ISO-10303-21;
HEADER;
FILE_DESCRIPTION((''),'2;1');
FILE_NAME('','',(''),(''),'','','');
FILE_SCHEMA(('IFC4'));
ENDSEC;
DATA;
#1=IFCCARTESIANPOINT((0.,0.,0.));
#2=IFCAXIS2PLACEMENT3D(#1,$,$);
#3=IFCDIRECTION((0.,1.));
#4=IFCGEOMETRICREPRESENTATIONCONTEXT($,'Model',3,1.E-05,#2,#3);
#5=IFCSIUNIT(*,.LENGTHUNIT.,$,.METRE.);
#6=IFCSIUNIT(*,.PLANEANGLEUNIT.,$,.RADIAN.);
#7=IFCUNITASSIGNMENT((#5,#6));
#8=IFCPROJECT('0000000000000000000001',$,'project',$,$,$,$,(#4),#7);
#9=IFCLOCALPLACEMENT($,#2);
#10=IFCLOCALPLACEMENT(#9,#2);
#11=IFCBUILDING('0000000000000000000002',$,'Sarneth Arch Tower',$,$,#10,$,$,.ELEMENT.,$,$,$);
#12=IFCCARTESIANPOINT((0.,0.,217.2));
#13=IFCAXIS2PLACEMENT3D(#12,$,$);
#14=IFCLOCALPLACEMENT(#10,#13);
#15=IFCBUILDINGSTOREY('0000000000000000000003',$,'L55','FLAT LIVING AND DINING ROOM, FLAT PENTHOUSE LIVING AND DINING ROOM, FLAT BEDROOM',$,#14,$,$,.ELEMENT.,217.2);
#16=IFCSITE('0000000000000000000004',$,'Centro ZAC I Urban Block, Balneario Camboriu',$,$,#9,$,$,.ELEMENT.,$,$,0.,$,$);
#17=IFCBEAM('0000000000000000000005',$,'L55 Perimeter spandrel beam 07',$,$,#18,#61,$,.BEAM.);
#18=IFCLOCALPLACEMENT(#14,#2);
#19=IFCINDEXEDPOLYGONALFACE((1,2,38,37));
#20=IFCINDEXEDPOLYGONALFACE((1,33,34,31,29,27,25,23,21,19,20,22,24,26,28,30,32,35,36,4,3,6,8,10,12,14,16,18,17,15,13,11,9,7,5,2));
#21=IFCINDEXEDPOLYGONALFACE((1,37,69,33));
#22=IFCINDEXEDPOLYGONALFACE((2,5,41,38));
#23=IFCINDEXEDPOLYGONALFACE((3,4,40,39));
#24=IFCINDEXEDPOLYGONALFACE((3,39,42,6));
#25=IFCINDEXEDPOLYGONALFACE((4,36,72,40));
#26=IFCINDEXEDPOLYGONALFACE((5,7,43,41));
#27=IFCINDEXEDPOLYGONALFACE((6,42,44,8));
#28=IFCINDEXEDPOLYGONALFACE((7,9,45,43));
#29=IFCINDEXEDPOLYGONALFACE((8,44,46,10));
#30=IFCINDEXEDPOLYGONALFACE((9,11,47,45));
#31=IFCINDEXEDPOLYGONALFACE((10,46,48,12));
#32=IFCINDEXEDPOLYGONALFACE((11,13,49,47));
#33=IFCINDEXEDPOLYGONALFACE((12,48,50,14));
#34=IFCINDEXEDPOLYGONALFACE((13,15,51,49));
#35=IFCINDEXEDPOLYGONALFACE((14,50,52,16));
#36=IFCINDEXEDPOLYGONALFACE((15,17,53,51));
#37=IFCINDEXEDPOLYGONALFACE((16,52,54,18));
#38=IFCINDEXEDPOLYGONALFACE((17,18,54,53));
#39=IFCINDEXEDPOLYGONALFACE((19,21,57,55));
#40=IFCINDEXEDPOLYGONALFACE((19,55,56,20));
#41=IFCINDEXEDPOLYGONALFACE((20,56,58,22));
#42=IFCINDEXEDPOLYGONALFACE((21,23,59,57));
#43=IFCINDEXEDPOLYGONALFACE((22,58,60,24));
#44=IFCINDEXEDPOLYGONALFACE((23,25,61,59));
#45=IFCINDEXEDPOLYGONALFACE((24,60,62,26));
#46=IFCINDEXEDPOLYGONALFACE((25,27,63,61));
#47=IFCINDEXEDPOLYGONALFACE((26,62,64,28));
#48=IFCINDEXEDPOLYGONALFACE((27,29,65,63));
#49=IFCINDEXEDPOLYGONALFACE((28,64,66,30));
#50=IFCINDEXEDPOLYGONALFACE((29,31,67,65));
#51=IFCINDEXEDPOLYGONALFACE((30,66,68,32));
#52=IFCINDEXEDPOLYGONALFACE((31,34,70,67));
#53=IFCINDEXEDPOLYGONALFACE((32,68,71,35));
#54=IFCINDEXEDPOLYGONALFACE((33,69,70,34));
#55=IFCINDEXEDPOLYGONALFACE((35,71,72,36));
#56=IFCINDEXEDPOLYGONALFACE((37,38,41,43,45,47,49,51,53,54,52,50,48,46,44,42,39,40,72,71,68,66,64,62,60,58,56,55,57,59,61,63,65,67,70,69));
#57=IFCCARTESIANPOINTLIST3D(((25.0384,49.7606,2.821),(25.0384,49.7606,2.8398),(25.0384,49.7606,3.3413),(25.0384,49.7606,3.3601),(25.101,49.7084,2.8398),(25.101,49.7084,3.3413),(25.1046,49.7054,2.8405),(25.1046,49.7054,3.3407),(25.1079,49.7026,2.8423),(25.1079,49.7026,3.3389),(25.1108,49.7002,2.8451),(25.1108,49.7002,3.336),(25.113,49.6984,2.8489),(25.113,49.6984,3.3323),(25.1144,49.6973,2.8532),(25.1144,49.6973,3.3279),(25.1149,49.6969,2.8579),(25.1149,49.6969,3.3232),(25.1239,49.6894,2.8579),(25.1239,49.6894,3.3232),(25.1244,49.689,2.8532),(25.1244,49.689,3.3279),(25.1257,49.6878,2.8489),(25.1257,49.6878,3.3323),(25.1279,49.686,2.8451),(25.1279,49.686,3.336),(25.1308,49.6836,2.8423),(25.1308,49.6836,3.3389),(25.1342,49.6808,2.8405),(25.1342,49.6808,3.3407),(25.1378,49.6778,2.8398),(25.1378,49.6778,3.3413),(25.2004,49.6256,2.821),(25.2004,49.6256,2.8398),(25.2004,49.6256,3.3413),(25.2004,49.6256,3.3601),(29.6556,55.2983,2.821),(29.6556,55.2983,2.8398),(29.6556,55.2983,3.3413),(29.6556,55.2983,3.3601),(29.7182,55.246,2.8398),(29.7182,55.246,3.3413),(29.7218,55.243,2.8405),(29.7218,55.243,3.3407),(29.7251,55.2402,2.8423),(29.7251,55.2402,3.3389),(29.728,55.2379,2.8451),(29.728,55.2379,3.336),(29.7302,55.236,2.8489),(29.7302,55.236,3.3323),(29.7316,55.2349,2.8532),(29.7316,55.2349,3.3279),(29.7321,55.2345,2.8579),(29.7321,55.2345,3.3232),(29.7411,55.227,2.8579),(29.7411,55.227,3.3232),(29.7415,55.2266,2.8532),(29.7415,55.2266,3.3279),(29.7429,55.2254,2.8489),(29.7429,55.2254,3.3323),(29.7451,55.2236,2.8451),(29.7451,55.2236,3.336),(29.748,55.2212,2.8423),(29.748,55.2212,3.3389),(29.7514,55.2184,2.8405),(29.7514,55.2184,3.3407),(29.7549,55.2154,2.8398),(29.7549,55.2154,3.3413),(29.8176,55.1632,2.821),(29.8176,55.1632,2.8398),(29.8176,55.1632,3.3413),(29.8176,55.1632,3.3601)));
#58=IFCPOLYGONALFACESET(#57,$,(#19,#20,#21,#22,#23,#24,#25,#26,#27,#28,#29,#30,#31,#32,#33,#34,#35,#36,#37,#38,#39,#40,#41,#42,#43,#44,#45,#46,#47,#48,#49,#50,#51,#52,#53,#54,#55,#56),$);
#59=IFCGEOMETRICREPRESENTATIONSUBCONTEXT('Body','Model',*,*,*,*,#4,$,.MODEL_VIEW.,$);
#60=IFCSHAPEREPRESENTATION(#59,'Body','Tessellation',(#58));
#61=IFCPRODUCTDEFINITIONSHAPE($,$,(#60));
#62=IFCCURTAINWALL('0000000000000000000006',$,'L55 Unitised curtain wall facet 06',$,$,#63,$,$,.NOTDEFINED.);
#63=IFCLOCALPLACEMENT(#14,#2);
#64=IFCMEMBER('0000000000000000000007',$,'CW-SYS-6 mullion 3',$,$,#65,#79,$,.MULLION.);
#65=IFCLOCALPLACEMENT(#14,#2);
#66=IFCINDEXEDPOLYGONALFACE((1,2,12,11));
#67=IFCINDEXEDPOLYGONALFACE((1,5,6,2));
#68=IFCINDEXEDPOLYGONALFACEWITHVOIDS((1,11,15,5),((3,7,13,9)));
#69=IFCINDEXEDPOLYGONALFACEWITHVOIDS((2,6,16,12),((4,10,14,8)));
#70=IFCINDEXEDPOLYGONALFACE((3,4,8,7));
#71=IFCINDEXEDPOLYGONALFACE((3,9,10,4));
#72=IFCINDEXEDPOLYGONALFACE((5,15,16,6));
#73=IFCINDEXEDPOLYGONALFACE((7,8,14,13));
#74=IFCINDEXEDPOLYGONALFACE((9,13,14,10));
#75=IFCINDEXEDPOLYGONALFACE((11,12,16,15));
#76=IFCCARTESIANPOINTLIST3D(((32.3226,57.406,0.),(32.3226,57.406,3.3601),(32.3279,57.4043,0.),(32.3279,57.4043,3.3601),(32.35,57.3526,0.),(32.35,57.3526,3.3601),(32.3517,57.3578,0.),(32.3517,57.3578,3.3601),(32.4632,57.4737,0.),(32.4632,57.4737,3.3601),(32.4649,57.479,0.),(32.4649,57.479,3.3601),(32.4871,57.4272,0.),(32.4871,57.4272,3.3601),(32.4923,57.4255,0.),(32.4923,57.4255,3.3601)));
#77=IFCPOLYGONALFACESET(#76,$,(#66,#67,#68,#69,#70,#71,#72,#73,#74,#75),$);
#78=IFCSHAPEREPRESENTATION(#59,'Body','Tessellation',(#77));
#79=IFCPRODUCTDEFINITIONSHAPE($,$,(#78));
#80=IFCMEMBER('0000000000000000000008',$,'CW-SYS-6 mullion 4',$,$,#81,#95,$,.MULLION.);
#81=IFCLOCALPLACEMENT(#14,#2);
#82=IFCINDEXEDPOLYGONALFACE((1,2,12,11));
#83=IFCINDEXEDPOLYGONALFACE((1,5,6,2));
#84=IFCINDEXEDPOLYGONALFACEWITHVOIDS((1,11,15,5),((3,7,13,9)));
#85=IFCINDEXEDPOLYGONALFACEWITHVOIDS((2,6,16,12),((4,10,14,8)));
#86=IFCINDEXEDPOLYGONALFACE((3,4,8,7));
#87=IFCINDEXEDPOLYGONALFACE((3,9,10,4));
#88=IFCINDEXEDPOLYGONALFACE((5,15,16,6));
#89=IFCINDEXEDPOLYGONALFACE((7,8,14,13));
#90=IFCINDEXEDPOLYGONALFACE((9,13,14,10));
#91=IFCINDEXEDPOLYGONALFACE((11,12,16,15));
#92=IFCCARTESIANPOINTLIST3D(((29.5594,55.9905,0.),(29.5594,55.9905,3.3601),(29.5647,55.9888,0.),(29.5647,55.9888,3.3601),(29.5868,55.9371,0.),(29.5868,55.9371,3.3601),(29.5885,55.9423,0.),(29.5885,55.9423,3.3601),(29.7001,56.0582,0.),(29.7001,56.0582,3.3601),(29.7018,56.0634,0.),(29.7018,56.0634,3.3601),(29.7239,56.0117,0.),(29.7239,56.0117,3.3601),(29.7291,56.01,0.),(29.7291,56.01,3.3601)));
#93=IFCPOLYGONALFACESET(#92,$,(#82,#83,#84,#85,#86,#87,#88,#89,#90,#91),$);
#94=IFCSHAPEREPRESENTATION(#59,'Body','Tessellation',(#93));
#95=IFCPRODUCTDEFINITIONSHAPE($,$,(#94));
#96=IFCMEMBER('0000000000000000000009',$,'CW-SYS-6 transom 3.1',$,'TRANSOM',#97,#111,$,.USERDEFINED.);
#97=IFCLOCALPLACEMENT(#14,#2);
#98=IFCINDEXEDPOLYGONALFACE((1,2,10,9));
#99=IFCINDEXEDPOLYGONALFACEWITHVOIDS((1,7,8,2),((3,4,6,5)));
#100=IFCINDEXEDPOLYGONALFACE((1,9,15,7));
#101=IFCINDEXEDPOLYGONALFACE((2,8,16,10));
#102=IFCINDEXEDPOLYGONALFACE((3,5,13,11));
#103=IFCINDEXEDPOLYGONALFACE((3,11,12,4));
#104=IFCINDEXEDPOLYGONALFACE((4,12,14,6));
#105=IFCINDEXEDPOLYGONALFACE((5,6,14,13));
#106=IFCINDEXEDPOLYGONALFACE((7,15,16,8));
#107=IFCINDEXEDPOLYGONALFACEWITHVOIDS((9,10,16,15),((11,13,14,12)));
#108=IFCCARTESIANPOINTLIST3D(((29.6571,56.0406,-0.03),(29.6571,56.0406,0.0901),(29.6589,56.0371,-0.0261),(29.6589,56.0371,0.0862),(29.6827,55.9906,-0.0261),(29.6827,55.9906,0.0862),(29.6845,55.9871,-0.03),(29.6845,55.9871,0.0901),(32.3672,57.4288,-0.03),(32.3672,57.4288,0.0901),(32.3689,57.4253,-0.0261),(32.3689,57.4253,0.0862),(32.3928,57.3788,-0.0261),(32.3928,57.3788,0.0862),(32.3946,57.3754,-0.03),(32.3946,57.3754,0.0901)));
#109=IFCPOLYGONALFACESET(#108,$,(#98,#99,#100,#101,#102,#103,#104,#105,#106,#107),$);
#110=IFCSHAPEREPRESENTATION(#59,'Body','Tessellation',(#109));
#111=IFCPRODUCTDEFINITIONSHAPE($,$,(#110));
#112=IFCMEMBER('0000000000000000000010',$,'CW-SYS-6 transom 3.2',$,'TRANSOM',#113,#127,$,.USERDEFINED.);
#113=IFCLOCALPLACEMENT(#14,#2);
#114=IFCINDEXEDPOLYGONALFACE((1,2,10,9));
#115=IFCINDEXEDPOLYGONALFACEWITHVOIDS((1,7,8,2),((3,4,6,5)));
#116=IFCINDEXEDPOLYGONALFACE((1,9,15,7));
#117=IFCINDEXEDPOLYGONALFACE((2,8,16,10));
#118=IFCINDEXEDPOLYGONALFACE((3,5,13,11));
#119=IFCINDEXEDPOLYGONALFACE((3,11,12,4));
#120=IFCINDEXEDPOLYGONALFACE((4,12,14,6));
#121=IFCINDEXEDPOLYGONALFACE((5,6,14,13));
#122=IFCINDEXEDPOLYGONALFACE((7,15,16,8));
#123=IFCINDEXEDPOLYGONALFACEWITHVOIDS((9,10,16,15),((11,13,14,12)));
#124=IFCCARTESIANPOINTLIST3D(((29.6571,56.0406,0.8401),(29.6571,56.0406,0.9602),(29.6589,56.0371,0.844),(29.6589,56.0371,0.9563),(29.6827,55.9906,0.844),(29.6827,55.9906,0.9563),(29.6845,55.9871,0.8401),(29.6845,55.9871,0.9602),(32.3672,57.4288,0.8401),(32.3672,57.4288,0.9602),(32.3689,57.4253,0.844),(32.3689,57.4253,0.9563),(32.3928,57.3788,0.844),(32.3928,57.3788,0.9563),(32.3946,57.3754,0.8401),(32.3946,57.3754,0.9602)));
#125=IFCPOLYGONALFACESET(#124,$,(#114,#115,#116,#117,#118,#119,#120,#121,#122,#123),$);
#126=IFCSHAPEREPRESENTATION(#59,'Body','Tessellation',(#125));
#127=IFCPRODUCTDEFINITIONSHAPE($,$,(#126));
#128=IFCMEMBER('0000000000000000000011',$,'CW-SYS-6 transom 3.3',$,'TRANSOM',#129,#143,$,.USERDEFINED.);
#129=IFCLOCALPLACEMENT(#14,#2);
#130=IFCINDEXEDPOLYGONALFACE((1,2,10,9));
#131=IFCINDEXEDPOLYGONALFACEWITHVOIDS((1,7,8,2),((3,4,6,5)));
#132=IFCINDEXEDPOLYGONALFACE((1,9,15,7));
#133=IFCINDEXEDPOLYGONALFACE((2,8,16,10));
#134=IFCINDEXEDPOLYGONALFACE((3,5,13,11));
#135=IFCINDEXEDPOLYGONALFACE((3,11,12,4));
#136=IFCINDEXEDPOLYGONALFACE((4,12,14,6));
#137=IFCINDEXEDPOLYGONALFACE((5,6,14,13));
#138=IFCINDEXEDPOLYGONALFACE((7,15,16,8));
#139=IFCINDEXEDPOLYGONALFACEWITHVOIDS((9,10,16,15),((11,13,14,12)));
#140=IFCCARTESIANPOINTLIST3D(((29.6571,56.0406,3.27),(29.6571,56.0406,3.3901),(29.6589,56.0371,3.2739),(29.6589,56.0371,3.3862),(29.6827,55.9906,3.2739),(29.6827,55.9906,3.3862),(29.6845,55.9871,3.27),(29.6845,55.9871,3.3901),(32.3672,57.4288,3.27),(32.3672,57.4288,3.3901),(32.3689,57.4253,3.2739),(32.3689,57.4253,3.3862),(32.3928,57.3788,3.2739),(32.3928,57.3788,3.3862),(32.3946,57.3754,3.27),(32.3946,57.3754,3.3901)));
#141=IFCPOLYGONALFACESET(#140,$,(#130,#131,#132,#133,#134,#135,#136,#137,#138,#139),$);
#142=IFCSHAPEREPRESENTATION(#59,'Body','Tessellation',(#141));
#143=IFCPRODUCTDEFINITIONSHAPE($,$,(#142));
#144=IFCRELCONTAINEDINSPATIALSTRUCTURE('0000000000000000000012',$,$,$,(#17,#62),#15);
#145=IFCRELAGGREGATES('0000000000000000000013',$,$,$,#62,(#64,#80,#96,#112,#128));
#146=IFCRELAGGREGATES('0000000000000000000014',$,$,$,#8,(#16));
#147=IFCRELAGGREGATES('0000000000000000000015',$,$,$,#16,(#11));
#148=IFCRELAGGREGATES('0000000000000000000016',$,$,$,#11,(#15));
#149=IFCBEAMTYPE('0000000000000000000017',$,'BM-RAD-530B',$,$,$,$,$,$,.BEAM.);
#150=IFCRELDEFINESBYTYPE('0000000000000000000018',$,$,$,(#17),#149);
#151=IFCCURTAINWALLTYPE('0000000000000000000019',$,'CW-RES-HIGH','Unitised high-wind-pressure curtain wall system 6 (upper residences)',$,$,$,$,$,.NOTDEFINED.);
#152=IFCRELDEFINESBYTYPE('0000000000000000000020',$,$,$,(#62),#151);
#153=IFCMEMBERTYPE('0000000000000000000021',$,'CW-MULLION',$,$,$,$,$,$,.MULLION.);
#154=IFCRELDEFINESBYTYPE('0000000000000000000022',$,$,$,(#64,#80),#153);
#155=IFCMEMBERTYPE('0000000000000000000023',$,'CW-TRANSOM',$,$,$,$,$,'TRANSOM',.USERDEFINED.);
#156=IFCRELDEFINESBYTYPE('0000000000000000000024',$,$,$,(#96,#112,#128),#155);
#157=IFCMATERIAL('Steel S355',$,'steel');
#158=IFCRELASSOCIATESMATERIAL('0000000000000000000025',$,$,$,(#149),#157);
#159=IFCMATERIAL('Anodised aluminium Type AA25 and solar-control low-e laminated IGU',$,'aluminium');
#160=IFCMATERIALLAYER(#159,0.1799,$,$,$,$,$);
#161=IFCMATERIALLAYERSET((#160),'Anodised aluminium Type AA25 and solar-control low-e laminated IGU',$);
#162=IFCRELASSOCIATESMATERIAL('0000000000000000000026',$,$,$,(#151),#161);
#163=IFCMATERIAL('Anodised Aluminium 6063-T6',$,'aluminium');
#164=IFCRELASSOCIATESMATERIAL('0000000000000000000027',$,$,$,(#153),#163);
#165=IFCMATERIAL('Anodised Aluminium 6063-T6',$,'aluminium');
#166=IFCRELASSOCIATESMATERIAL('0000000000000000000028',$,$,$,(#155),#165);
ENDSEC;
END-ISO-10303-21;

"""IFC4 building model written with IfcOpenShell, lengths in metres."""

from ifc_helpers import new_model, si_unit, direction, frame, origin, origin_2d, place, context, subcontext, project, spatial, hollow_rectangle, i_section, extrude, material, layer, layer_set, material_profile, profile_set, type_object, element, aggregate, save


model = new_model("IFC4")

# Units and contexts
model_context = context("Model", 3, precision=1e-05, world=origin(), true_north=direction((0.0, 1.0)))
body_context = subcontext(model_context, "Body", "Model", "MODEL_VIEW")
ifc_project = project(units=[si_unit("LENGTHUNIT", "METRE"), si_unit("PLANEANGLEUNIT", "RADIAN")], contexts=[model_context])

# Site, building, storey
site_placement = place(None, origin())
site = spatial("IfcSite", under=ifc_project, at=site_placement, Name="Centro ZAC I Urban Block, Balneario Camboriu", CompositionType="ELEMENT", RefElevation=0.0)
building_placement = place(site_placement, origin())
building = spatial("IfcBuilding", under=site, at=building_placement, Name="Sarneth Arch Tower", CompositionType="ELEMENT")
storey_placement = place(building_placement, frame((0.0, 0.0, 217.2)))
storey = spatial("IfcBuildingStorey", under=building, at=storey_placement, Name="L55", Description="FLAT LIVING AND DINING ROOM, FLAT PENTHOUSE LIVING AND DINING ROOM, FLAT BEDROOM", CompositionType="ELEMENT", Elevation=217.2)

# Beam
ifc_material_1 = material(Name="Steel S355", Category="steel")
ifc_material_profile_1 = material_profile(ifc_material_1, i_section(OverallWidth=0.2109, OverallDepth=0.5391, WebThickness=0.0117, FlangeThickness=0.0188, FilletRadius=0.0181, at=origin_2d()), Name="W530x109")
ifc_profile_set_1 = profile_set([ifc_material_profile_1], Name="Steel S355")
beam_type = type_object("IfcBeamType", Name="BM-RAD-530B", PredefinedType="BEAM", material=ifc_profile_set_1)
beam_placement = place(storey_placement, frame((29.7366, 55.2307, 3.0906), z_axis=(-0.640391, -0.768049, 0.0), x_axis=(0.768049, -0.640391, 0.0)))
element("IfcBeam", 1, at=beam_placement, inside=storey, type_object=beam_type, Name="L55 Perimeter spandrel beam 07", PredefinedType="BEAM", context=body_context, shape_type="SweptSolid", body=[
    extrude(i_section(OverallWidth=0.2109, OverallDepth=0.5391, WebThickness=0.0117, FlangeThickness=0.0188, FilletRadius=0.0181, at=origin_2d()), origin(), (0.0, 0.0, 1.0), 7.21),
])

# Curtain wall, members
ifc_material_2 = material(Name="Anodised aluminium Type AA25 and solar-control low-e laminated IGU", Category="aluminium")
ifc_layer_1 = layer(ifc_material_2, 0.1799)
ifc_layer_set_1 = layer_set([ifc_layer_1], Name="Anodised aluminium Type AA25 and solar-control low-e laminated IGU")
curtain_wall_type = type_object("IfcCurtainWallType", Name="CW-RES-HIGH", Description="Unitised high-wind-pressure curtain wall system 6 (upper residences)", PredefinedType="NOTDEFINED", material=ifc_layer_set_1)
curtain_wall_placement = place(storey_placement, origin())
curtain_wall = element("IfcCurtainWall", 2, at=curtain_wall_placement, inside=storey, type_object=curtain_wall_type, Name="L55 Unitised curtain wall facet 06", PredefinedType="NOTDEFINED")
ifc_material_3 = material(Name="Anodised Aluminium 6063-T6", Category="aluminium")
ifc_material_profile_2 = material_profile(ifc_material_3, hollow_rectangle(XDim=0.0601, YDim=0.1599, WallThickness=0.0039, at=origin_2d()), Name="AL-MULL-160x60x4")
ifc_profile_set_2 = profile_set([ifc_material_profile_2], Name="Anodised Aluminium 6063-T6")
member_type_1 = type_object("IfcMemberType", Name="CW-MULLION", PredefinedType="MULLION", material=ifc_profile_set_2)
member_1_placement = place(storey_placement, frame((32.4075, 57.4158, 0.0), z_axis=(0.0, 0.0, 1.0), x_axis=(0.455942, -0.89001, 0.0)))
member_1 = element("IfcMember", 3, at=member_1_placement, type_object=member_type_1, Name="CW-SYS-6 mullion 3", PredefinedType="MULLION", context=body_context, shape_type="SweptSolid", body=[
    extrude(hollow_rectangle(XDim=0.0601, YDim=0.1599, WallThickness=0.0039, at=origin_2d()), origin(), (0.0, 0.0, 1.0), 3.3601),
])
member_2_placement = place(storey_placement, frame((29.6443, 56.0002, 0.0), z_axis=(0.0, 0.0, 1.0), x_axis=(0.455942, -0.89001, 0.0)))
member_2 = element("IfcMember", 4, at=member_2_placement, type_object=member_type_1, Name="CW-SYS-6 mullion 4", PredefinedType="MULLION", context=body_context, shape_type="SweptSolid", body=[
    extrude(hollow_rectangle(XDim=0.0601, YDim=0.1599, WallThickness=0.0039, at=origin_2d()), origin(), (0.0, 0.0, 1.0), 3.3601),
])
ifc_material_4 = material(Name="Anodised Aluminium 6063-T6", Category="aluminium")
ifc_material_profile_3 = material_profile(ifc_material_4, hollow_rectangle(XDim=0.0601, YDim=0.1201, WallThickness=0.0039, at=origin_2d()), Name="AL-TRAN-120x60x4")
ifc_profile_set_3 = profile_set([ifc_material_profile_3], Name="Anodised Aluminium 6063-T6")
member_type_2 = type_object("IfcMemberType", Name="CW-TRANSOM", ElementType="TRANSOM", PredefinedType="USERDEFINED", material=ifc_profile_set_3)
member_3_placement = place(storey_placement, frame((32.3809, 57.4021, 0.03), z_axis=(-0.890023, -0.455916, 0.0), x_axis=(0.455916, -0.890023, 0.0)))
member_3 = element("IfcMember", 5, at=member_3_placement, type_object=member_type_2, Name="CW-SYS-6 transom 3.1", ObjectType="TRANSOM", PredefinedType="USERDEFINED", context=body_context, shape_type="SweptSolid", body=[
    extrude(hollow_rectangle(XDim=0.0601, YDim=0.1201, WallThickness=0.0039, at=origin_2d()), origin(), (0.0, 0.0, 1.0), 3.0449),
])
member_4_placement = place(storey_placement, frame((32.3809, 57.4021, 0.9001), z_axis=(-0.890023, -0.455916, 0.0), x_axis=(0.455916, -0.890023, 0.0)))
member_4 = element("IfcMember", 6, at=member_4_placement, type_object=member_type_2, Name="CW-SYS-6 transom 3.2", ObjectType="TRANSOM", PredefinedType="USERDEFINED", context=body_context, shape_type="SweptSolid", body=[
    extrude(hollow_rectangle(XDim=0.0601, YDim=0.1201, WallThickness=0.0039, at=origin_2d()), origin(), (0.0, 0.0, 1.0), 3.0449),
])
member_5_placement = place(storey_placement, frame((32.3809, 57.4021, 3.3301), z_axis=(-0.890023, -0.455916, 0.0), x_axis=(0.455916, -0.890023, 0.0)))
member_5 = element("IfcMember", 7, at=member_5_placement, type_object=member_type_2, Name="CW-SYS-6 transom 3.3", ObjectType="TRANSOM", PredefinedType="USERDEFINED", context=body_context, shape_type="SweptSolid", body=[
    extrude(hollow_rectangle(XDim=0.0601, YDim=0.1201, WallThickness=0.0039, at=origin_2d()), origin(), (0.0, 0.0, 1.0), 3.0449),
])

aggregate(curtain_wall, [member_1, member_2, member_3, member_4, member_5])

save(model, "model.ifc")
